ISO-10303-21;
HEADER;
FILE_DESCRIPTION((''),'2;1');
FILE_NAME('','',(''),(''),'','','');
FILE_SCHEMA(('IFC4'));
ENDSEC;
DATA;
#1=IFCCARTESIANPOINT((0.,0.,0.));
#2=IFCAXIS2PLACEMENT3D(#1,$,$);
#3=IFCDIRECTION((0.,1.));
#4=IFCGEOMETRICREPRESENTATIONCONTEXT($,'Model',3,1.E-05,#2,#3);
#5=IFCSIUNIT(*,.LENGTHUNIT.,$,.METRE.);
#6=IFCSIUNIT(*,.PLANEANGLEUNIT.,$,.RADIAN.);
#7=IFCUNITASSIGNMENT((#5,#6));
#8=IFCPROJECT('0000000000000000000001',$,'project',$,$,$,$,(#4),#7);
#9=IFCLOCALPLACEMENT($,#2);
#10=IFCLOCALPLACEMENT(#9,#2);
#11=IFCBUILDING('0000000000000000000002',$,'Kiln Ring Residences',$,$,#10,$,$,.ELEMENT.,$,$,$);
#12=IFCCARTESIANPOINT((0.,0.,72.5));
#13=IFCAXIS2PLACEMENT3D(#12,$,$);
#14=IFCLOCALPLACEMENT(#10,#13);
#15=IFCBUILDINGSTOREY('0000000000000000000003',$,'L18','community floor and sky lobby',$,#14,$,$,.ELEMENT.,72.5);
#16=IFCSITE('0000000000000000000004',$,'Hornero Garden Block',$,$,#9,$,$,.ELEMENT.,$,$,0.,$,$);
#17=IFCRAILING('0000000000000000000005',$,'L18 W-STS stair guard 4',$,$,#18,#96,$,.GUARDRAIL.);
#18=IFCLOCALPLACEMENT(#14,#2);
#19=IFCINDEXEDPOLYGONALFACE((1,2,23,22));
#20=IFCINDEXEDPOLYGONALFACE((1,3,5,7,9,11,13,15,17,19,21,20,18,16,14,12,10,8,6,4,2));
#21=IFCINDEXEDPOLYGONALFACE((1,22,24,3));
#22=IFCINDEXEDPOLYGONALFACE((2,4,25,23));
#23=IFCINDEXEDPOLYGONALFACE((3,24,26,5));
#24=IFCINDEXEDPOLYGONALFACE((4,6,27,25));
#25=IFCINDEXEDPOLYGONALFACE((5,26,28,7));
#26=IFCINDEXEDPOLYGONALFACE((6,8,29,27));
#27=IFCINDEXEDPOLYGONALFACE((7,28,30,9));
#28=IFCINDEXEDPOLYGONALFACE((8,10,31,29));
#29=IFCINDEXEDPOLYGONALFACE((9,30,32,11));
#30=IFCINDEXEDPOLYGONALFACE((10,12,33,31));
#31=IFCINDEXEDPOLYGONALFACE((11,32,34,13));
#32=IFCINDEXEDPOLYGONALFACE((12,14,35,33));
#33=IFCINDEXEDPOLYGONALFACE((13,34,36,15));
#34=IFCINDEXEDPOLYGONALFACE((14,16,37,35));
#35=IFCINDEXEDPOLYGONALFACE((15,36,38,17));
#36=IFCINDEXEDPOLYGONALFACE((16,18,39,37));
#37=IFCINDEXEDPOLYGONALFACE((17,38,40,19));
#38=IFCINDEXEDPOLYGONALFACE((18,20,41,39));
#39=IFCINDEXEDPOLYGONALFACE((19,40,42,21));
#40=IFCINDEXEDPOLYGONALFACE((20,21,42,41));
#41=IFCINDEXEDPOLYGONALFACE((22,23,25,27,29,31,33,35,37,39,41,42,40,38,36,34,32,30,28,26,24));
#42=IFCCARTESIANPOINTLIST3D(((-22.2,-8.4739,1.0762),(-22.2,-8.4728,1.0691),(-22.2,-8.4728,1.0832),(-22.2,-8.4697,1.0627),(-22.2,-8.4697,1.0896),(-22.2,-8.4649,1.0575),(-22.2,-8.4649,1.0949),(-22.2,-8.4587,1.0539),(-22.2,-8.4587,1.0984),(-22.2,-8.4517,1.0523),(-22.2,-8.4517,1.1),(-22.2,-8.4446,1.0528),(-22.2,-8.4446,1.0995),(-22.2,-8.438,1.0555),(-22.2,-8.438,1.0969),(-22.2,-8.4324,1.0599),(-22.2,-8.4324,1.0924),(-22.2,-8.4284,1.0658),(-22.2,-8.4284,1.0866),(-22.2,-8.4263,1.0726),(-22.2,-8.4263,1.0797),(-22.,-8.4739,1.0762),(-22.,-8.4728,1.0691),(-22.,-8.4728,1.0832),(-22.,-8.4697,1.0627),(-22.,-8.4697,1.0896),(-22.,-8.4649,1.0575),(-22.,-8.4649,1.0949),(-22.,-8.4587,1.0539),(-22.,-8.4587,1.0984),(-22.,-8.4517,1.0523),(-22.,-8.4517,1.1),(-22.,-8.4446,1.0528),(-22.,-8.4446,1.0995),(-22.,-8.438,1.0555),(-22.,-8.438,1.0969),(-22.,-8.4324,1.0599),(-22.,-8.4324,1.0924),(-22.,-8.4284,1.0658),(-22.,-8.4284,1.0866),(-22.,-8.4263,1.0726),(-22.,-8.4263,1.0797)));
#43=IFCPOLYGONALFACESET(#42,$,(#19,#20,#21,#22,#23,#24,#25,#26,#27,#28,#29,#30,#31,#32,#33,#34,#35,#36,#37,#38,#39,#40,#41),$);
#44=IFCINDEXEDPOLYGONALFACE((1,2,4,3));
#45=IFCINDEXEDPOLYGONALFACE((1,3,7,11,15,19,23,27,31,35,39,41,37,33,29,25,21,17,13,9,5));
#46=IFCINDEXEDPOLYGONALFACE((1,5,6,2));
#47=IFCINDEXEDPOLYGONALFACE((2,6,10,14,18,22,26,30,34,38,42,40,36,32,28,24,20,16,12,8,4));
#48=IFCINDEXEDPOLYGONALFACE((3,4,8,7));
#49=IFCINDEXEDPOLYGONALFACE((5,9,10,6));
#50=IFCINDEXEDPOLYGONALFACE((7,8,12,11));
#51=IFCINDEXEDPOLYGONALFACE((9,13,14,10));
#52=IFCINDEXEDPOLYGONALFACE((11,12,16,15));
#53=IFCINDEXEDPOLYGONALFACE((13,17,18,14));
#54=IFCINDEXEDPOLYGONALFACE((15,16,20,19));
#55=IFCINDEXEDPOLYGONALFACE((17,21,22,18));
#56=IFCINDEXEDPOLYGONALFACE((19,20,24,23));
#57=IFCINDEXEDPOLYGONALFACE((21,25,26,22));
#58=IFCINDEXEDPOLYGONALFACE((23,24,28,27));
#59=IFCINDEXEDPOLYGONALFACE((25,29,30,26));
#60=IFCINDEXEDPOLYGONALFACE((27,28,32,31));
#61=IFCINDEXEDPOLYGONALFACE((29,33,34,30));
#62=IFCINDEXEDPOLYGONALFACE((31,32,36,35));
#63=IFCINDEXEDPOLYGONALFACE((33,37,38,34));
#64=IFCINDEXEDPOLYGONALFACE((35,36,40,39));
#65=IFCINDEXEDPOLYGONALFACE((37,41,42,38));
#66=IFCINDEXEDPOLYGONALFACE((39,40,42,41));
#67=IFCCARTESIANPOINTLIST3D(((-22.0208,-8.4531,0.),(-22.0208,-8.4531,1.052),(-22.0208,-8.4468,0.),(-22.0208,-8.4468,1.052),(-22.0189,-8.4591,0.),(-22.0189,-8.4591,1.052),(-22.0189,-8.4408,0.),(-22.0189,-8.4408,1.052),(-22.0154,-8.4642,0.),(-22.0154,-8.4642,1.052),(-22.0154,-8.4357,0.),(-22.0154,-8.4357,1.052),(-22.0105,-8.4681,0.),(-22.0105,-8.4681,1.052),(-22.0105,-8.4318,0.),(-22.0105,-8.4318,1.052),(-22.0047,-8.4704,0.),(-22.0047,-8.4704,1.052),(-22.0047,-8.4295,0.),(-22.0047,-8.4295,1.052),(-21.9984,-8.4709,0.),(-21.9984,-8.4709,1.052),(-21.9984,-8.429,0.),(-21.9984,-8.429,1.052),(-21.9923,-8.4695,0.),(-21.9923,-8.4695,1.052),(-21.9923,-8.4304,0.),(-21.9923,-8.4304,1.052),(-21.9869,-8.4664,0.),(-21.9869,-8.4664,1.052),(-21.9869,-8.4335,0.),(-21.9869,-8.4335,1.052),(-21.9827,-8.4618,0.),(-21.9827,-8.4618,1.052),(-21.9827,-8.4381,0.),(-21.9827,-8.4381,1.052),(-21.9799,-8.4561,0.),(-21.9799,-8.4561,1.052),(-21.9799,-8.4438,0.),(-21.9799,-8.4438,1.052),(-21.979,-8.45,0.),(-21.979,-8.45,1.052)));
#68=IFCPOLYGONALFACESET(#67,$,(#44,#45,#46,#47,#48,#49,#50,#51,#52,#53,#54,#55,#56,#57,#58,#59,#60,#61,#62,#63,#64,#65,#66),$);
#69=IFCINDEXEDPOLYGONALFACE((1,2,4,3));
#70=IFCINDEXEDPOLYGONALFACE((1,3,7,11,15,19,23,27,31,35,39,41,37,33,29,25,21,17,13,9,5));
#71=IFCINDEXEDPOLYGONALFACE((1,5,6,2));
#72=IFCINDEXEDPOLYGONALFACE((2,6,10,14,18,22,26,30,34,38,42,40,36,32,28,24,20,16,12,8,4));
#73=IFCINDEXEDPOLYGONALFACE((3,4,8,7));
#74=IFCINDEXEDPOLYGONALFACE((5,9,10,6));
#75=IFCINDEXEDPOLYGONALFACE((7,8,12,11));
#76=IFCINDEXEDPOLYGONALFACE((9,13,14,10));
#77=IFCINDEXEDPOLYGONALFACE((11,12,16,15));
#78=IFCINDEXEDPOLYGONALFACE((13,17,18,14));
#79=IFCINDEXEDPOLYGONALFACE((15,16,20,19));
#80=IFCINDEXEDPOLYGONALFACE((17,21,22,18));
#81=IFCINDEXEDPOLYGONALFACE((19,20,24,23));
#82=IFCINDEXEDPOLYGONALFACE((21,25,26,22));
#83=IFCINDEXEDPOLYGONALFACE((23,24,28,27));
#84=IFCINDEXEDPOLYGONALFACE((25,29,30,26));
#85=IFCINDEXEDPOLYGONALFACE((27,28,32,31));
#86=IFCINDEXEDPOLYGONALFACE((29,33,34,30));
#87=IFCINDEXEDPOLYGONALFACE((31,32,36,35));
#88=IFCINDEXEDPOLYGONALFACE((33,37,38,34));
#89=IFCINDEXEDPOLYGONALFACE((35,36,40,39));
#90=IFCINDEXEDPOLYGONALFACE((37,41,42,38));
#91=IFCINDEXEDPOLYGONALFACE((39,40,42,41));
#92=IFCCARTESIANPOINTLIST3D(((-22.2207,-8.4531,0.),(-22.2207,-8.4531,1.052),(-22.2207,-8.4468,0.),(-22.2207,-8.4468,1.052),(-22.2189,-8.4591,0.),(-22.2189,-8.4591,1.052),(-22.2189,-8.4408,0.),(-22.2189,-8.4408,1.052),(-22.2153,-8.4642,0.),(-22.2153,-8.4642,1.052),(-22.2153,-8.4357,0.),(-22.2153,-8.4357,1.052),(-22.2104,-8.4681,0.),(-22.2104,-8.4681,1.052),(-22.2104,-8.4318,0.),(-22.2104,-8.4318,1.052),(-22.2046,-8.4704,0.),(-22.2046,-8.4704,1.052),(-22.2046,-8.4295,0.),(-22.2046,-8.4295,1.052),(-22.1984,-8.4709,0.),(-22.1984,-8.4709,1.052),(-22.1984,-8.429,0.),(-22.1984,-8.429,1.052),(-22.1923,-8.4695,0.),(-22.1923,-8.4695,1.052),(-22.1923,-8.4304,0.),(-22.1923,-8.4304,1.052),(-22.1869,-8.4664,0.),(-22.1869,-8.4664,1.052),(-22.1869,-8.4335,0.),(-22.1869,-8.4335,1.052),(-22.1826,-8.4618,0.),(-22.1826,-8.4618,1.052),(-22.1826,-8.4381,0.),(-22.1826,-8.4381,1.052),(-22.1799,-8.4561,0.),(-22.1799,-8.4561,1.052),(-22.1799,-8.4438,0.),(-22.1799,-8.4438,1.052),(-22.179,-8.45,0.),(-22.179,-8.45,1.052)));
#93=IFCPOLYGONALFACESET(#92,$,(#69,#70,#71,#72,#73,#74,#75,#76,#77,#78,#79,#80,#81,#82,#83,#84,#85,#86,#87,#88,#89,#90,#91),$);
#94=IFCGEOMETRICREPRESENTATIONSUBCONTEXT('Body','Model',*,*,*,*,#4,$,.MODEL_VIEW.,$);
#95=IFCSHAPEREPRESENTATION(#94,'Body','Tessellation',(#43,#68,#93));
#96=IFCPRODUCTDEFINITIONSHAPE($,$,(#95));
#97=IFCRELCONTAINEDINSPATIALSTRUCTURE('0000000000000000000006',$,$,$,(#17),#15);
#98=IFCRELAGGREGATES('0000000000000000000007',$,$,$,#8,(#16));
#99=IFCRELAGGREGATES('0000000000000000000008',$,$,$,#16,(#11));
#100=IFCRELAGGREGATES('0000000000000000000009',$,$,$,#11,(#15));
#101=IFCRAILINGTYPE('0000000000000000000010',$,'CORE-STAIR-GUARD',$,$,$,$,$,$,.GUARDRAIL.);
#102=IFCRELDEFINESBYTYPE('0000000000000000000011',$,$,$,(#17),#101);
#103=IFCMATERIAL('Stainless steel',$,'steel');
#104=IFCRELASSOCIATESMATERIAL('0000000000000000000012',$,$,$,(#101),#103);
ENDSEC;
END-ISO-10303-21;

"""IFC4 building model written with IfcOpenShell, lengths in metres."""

from ifc_helpers import new_model, si_unit, direction, frame, origin, origin_2d, place, context, subcontext, project, spatial, circle, extrude, material, type_object, element, save


model = new_model("IFC4")

# Units and contexts
model_context = context("Model", 3, precision=1e-05, world=origin(), true_north=direction((0.0, 1.0)))
body_context = subcontext(model_context, "Body", "Model", "MODEL_VIEW")
ifc_project = project(units=[si_unit("LENGTHUNIT", "METRE"), si_unit("PLANEANGLEUNIT", "RADIAN")], contexts=[model_context])

# Site, building, storey
site_placement = place(None, origin())
site = spatial("IfcSite", under=ifc_project, at=site_placement, Name="Hornero Garden Block", CompositionType="ELEMENT", RefElevation=0.0)
building_placement = place(site_placement, origin())
building = spatial("IfcBuilding", under=site, at=building_placement, Name="Kiln Ring Residences", CompositionType="ELEMENT")
storey_placement = place(building_placement, frame((0.0, 0.0, 72.5)))
storey = spatial("IfcBuildingStorey", under=building, at=storey_placement, Name="L18", Description="community floor and sky lobby", CompositionType="ELEMENT", Elevation=72.5)

# Railing
ifc_material_1 = material(Name="Stainless steel", Category="steel")
railing_type_1 = type_object("IfcRailingType", Name="CORE-STAIR-GUARD", PredefinedType="GUARDRAIL", material=ifc_material_1)
railing_1_placement = place(storey_placement, frame((-22.0, -8.45, 0.0)))
element("IfcRailing", 1, at=railing_1_placement, inside=storey, type_object=railing_type_1, Name="L18 W-STS stair guard 4", PredefinedType="GUARDRAIL", context=body_context, shape_type="SweptSolid", body=[
    extrude(circle(Radius=0.0239, at=origin_2d()), frame((0.0, 0.0, 1.0762), z_axis=(-1.0, 0.0, 0.0), x_axis=(0.0, -1.0, 0.0)), (0.0, 0.0, 1.0), 0.2),
    extrude(circle(Radius=0.021, at=origin_2d()), origin(), (0.0, 0.0, 1.0), 1.052),
    extrude(circle(Radius=0.021, at=origin_2d()), frame((-0.2, 0.0, 0.0)), (0.0, 0.0, 1.0), 1.052),
])

save(model, "model.ifc")
